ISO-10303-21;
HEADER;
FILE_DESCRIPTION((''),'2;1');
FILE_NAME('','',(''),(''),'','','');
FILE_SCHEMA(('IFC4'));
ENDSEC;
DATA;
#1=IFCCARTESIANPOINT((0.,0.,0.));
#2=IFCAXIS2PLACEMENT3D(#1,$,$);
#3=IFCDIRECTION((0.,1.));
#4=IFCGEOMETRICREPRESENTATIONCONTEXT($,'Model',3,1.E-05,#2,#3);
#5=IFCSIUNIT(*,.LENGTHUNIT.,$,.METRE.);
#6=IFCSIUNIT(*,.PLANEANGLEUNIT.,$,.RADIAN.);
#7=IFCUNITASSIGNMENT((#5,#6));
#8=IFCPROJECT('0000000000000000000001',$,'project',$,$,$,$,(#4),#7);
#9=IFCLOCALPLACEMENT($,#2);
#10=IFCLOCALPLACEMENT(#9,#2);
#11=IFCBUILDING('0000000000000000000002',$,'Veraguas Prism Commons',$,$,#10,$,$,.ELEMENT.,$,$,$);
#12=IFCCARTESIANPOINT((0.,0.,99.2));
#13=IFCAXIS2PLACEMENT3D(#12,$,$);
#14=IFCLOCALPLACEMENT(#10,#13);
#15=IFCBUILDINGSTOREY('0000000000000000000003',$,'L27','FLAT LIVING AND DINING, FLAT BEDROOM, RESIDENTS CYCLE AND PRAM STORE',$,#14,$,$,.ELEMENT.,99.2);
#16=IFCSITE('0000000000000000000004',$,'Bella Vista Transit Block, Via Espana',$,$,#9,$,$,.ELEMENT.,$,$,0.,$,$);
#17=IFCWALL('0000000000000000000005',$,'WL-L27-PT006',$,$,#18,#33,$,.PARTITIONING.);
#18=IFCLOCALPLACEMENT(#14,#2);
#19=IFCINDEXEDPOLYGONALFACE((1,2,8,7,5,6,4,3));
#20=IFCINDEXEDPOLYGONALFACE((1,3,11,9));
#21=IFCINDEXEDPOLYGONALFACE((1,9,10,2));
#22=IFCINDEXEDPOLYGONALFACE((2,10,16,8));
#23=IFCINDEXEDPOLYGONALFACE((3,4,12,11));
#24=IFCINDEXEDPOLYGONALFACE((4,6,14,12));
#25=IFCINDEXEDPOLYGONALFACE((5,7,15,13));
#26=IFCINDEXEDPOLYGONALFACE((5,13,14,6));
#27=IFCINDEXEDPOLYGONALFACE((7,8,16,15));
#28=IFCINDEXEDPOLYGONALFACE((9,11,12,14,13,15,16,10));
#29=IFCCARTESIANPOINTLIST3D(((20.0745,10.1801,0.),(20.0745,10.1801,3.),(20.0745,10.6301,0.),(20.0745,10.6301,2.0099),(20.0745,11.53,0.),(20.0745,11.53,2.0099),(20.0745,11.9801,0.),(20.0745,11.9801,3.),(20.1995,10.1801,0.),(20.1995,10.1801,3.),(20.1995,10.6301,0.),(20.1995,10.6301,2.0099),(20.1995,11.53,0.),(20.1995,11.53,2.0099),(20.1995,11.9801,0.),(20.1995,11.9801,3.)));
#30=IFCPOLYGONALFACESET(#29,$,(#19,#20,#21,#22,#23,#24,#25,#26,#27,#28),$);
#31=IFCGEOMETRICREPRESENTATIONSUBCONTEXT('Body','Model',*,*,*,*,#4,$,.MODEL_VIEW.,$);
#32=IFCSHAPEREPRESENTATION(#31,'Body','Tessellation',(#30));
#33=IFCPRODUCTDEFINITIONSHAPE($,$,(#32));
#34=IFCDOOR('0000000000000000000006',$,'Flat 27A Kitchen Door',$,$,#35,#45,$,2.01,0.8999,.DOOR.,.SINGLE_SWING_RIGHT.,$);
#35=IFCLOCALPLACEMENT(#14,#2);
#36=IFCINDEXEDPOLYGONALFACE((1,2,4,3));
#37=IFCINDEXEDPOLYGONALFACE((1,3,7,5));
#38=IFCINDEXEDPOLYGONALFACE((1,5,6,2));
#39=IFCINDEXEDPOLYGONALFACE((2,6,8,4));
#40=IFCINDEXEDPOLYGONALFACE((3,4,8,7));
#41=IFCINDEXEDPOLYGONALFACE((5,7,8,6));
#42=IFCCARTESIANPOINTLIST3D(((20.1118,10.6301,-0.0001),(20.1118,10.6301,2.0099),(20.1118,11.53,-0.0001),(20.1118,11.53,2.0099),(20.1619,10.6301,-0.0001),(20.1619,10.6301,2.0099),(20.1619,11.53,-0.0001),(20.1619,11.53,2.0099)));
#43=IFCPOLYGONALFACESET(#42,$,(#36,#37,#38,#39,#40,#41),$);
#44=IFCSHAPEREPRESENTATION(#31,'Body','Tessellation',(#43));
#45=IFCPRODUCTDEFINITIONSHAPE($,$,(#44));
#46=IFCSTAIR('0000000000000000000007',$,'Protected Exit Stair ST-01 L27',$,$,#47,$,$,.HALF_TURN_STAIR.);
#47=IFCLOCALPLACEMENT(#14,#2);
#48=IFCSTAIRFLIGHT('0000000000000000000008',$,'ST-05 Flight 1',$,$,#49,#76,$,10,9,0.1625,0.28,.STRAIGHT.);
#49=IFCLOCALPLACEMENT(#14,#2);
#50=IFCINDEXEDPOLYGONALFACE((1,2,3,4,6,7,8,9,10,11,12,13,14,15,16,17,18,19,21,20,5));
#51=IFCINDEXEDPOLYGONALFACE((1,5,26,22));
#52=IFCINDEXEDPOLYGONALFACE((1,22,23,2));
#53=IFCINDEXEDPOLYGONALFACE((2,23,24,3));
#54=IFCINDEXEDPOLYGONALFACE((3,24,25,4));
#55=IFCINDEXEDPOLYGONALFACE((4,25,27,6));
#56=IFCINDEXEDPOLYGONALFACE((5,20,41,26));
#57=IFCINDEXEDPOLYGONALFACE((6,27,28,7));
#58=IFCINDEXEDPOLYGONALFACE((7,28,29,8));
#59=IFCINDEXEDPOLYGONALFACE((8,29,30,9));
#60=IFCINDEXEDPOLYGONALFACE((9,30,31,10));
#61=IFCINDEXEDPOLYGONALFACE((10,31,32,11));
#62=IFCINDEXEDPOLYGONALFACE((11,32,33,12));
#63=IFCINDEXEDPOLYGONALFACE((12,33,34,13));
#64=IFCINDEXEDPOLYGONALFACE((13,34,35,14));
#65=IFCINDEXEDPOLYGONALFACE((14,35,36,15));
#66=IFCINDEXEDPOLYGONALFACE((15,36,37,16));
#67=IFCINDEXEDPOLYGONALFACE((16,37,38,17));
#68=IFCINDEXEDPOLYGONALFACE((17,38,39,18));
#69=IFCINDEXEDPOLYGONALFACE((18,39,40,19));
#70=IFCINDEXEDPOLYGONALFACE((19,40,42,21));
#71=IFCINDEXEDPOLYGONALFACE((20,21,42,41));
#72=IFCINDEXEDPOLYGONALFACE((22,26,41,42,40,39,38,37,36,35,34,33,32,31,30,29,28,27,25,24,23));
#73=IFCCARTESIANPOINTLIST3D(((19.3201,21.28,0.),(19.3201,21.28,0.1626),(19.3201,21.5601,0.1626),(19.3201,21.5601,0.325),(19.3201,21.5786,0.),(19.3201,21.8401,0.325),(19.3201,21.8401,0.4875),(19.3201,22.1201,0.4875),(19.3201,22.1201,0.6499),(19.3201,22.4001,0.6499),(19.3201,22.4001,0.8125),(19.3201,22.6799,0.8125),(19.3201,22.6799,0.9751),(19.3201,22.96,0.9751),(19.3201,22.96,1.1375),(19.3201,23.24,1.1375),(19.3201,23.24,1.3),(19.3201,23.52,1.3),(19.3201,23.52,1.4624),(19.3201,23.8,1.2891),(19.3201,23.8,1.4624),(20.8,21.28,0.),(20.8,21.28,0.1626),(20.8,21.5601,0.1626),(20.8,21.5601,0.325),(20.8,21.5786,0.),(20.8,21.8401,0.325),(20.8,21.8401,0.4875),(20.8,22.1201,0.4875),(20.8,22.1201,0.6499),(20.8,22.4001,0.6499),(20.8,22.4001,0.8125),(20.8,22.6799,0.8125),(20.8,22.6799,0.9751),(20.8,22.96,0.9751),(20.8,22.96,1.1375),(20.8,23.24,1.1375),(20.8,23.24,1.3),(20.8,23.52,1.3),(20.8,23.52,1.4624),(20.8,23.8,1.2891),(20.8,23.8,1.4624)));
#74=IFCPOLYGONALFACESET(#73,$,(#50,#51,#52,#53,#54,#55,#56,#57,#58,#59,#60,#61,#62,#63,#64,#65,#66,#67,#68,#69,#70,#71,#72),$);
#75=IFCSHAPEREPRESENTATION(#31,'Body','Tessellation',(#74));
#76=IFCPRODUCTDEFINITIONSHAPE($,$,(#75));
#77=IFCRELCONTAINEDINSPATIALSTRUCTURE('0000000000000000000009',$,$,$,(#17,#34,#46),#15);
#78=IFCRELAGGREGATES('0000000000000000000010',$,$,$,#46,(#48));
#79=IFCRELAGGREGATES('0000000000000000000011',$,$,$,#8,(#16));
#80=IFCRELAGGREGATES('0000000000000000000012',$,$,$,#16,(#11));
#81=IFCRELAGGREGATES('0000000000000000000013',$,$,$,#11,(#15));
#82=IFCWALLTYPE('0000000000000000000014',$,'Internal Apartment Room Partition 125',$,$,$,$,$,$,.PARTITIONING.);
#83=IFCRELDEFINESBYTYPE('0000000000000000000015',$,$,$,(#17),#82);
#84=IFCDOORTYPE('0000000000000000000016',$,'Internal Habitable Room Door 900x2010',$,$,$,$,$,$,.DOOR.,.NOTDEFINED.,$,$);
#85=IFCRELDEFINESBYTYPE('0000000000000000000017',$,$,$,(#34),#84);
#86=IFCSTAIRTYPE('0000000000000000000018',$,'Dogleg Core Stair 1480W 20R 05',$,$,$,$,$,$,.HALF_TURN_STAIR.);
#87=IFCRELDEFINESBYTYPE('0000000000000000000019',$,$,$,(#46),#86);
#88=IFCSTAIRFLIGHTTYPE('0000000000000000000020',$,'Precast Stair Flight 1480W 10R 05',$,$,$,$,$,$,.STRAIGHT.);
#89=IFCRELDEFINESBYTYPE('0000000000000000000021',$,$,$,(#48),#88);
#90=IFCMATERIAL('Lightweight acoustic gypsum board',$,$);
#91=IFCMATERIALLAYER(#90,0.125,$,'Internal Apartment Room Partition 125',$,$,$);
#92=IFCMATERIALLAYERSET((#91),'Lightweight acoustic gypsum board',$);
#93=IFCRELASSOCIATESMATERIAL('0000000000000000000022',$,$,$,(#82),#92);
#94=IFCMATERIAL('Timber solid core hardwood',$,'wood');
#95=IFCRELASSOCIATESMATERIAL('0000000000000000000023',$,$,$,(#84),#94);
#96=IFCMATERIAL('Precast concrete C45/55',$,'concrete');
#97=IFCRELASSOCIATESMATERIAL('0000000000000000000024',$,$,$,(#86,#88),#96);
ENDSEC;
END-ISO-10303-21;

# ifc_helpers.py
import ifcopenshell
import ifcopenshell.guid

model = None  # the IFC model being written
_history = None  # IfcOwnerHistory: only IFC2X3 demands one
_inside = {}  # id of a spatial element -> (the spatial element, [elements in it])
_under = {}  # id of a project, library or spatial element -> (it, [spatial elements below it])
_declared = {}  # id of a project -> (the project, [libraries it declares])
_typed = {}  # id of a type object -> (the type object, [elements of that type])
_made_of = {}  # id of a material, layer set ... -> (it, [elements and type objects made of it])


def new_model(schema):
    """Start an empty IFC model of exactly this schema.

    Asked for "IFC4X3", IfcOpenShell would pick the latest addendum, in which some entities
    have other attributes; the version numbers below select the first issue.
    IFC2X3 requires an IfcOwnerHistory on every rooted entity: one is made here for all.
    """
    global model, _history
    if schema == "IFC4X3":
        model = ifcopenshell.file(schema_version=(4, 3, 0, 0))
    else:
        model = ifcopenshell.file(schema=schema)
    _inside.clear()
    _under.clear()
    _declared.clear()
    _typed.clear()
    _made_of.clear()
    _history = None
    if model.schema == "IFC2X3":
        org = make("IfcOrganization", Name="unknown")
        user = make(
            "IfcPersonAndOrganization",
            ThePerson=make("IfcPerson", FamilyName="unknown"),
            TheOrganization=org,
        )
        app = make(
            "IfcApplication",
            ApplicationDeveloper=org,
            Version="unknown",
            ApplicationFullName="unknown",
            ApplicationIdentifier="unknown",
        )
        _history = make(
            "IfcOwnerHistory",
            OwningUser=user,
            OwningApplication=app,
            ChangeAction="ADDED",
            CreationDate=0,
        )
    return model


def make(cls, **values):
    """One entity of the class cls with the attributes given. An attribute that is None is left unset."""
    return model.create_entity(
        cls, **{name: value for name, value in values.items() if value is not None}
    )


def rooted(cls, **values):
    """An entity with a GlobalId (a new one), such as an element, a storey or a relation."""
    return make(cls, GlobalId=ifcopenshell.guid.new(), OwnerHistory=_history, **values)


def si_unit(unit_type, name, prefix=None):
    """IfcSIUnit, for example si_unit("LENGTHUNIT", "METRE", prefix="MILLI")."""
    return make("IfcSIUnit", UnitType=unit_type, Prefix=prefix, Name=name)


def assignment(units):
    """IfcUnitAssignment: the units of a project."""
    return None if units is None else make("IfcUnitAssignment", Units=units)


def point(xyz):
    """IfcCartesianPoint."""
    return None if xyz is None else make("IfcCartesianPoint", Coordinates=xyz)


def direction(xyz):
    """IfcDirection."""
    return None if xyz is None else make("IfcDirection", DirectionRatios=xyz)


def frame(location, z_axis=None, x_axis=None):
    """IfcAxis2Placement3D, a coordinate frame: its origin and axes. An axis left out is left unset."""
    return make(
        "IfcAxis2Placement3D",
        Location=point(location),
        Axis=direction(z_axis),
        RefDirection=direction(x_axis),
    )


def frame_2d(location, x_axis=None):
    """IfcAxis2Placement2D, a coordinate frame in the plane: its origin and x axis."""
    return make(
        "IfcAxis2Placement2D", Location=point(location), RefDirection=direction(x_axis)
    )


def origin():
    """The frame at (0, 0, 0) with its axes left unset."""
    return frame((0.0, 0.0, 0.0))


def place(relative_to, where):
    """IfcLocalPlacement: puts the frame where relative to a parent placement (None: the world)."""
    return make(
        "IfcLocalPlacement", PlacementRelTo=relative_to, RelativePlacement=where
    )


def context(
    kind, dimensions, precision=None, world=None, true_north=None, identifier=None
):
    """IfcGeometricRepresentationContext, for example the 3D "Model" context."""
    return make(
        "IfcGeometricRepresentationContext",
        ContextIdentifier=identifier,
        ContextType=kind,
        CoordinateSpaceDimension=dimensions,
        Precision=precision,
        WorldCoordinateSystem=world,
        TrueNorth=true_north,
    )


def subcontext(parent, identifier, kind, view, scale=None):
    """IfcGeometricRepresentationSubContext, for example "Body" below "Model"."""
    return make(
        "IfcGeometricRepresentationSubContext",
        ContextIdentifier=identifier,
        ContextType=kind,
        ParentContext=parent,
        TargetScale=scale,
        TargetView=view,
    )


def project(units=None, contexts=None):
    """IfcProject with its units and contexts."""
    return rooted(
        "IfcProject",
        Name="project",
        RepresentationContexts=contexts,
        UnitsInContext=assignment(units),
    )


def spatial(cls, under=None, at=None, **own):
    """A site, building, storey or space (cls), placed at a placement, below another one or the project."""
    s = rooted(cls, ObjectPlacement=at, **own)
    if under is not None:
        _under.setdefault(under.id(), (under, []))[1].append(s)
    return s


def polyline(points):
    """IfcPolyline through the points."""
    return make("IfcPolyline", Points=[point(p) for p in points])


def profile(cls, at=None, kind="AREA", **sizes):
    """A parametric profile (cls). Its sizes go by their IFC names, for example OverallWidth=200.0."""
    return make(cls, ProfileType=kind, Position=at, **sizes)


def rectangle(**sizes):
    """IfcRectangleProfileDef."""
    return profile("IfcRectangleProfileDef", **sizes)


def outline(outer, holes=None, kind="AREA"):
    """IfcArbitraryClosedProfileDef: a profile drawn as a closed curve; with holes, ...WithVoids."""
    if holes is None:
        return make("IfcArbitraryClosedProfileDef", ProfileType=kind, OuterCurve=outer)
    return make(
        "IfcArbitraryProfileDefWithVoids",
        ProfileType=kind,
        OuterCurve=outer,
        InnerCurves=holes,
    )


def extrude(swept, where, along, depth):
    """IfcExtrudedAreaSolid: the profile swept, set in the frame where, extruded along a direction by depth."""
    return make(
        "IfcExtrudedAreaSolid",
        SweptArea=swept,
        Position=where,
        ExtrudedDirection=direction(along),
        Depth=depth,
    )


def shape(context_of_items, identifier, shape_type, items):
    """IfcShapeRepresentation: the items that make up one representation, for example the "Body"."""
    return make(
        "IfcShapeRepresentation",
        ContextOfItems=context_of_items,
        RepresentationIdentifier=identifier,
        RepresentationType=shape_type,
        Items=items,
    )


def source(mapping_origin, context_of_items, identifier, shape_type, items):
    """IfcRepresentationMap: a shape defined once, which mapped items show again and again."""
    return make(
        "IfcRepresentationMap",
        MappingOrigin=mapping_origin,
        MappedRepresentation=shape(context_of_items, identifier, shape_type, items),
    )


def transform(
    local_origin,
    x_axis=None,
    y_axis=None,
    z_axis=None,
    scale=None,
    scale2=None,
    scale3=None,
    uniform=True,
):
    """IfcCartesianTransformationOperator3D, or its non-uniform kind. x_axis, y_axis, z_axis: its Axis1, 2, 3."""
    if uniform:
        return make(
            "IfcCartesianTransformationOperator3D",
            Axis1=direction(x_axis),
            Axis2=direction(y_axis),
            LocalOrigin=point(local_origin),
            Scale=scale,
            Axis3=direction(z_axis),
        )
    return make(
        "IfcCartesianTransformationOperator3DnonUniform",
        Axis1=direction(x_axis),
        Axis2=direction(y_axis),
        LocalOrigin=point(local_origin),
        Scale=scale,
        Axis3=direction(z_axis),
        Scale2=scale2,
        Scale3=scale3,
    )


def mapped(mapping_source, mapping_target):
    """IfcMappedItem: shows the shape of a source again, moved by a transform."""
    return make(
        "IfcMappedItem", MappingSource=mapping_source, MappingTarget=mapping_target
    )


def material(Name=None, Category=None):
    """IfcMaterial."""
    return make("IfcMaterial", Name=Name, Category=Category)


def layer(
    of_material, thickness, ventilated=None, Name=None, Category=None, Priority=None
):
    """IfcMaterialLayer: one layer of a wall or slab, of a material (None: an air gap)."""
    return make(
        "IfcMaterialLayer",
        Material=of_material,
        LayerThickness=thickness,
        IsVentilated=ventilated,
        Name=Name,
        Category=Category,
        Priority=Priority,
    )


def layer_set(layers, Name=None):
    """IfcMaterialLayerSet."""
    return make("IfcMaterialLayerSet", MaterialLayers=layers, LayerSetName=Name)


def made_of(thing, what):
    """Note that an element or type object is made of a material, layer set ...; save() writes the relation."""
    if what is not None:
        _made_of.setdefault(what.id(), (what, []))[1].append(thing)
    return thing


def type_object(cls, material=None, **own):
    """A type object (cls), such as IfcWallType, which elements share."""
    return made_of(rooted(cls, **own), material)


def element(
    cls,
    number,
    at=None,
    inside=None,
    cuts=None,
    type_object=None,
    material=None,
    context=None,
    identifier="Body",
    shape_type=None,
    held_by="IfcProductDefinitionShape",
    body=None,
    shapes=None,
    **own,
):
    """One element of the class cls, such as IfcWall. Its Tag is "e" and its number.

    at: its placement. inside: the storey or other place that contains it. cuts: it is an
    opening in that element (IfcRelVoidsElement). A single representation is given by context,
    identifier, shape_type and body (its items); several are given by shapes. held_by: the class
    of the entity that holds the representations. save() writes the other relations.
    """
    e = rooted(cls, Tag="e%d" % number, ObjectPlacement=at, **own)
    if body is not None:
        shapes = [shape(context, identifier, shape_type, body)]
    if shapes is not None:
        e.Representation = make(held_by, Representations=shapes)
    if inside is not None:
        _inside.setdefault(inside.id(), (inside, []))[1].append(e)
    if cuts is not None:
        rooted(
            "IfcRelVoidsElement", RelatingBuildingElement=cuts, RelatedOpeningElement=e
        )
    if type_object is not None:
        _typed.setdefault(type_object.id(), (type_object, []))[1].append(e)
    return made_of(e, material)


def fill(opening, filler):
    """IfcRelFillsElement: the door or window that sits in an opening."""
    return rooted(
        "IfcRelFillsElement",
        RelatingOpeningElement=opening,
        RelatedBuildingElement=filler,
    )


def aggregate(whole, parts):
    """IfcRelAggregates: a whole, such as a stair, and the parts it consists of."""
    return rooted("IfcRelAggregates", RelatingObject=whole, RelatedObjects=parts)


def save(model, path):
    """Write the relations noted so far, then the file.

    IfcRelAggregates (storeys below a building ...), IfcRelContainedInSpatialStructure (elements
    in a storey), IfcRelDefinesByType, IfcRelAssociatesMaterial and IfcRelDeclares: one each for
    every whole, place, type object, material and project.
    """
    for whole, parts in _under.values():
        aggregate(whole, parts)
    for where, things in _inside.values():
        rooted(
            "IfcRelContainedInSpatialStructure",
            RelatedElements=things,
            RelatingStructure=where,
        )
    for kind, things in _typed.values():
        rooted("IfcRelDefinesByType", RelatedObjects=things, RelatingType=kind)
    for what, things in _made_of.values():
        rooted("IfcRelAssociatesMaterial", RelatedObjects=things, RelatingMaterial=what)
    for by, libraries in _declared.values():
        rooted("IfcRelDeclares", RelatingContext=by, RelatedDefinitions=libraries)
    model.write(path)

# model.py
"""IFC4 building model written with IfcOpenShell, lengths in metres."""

from ifc_helpers import new_model, si_unit, direction, frame, frame_2d, origin, place, context, subcontext, project, spatial, polyline, rectangle, outline, extrude, source, transform, mapped, material, layer, layer_set, type_object, element, fill, aggregate, save


model = new_model("IFC4")

# Units and contexts
model_context = context("Model", 3, precision=1e-05, world=origin(), true_north=direction((0.0, 1.0)))
body_context = subcontext(model_context, "Body", "Model", "MODEL_VIEW")
ifc_project = project(units=[si_unit("LENGTHUNIT", "METRE"), si_unit("PLANEANGLEUNIT", "RADIAN")], contexts=[model_context])

# Site, building, storey
site_placement = place(None, origin())
site = spatial("IfcSite", under=ifc_project, at=site_placement, Name="Bella Vista Transit Block, Via Espana", CompositionType="ELEMENT", RefElevation=0.0)
building_placement = place(site_placement, origin())
building = spatial("IfcBuilding", under=site, at=building_placement, Name="Veraguas Prism Commons", CompositionType="ELEMENT")
storey_placement = place(building_placement, frame((0.0, 0.0, 99.2)))
storey = spatial("IfcBuildingStorey", under=building, at=storey_placement, Name="L27", Description="FLAT LIVING AND DINING, FLAT BEDROOM, RESIDENTS CYCLE AND PRAM STORE", CompositionType="ELEMENT", Elevation=99.2)

# Shared definitions
shared_shape_1 = source(origin(), body_context, "Body", "SweptSolid", [
    extrude(rectangle(XDim=0.8999, YDim=2.01, at=frame_2d((0.45, 1.0049))), frame((0.0, 0.0249, 0.0), z_axis=(0.0, -1.0, 0.0), x_axis=(1.0, 0.0, 0.0)), (0.0, 0.0, 1.0), 0.05),
])

# Wall, opening, door
ifc_material_1 = material(Name="Lightweight acoustic gypsum board")
ifc_layer_1 = layer(ifc_material_1, 0.125, Name="Internal Apartment Room Partition 125")
ifc_layer_set_1 = layer_set([ifc_layer_1], Name="Lightweight acoustic gypsum board")
wall_type_1 = type_object("IfcWallType", Name="Internal Apartment Room Partition 125", PredefinedType="PARTITIONING", material=ifc_layer_set_1)
wall_1_placement = place(storey_placement, frame((20.137, 11.98, 0.0), z_axis=(0.0, 0.0, 1.0), x_axis=(0.0, -1.0, 0.0)))
wall_1 = element("IfcWall", 1, at=wall_1_placement, inside=storey, type_object=wall_type_1, Name="WL-L27-PT006", PredefinedType="PARTITIONING", context=body_context, shape_type="SweptSolid", body=[
    extrude(rectangle(XDim=1.8, YDim=0.125, at=frame_2d((0.8999, 0.0))), origin(), (0.0, 0.0, 1.0), 3.0),
])
opening_1_placement = place(wall_1_placement, frame((0.45, 0.0, 0.0)))
opening_1 = element("IfcOpeningElement", 2, at=opening_1_placement, cuts=wall_1, PredefinedType="OPENING", context=body_context, shape_type="SweptSolid", body=[
    extrude(rectangle(XDim=0.8999, YDim=2.01, at=frame_2d((0.45, 1.0049))), frame((0.0, 0.0725, 0.0), z_axis=(0.0, -1.0, 0.0), x_axis=(1.0, 0.0, 0.0)), (0.0, 0.0, 1.0), 0.145),
])
ifc_material_2 = material(Name="Timber solid core hardwood", Category="wood")
door_type_1 = type_object("IfcDoorType", Name="Internal Habitable Room Door 900x2010", OperationType="NOTDEFINED", PredefinedType="DOOR", material=ifc_material_2)
door_1_placement = place(opening_1_placement, origin())
door_1 = element("IfcDoor", 3, at=door_1_placement, inside=storey, type_object=door_type_1, Name="Flat 27A Kitchen Door", OperationType="SINGLE_SWING_RIGHT", OverallHeight=2.01, OverallWidth=0.8999, PredefinedType="DOOR", context=body_context, shape_type="MappedRepresentation", body=[
    mapped(shared_shape_1, transform((0.0, 0.0, 0.0), scale=1.0)),
])
fill(opening_1, door_1)

# Stair, stair flight
ifc_material_3 = material(Name="Precast concrete C45/55", Category="concrete")
stair_type = type_object("IfcStairType", Name="Dogleg Core Stair 1480W 20R 05", PredefinedType="HALF_TURN_STAIR", material=ifc_material_3)
stair_placement = place(storey_placement, origin())
stair = element("IfcStair", 4, at=stair_placement, inside=storey, type_object=stair_type, Name="Protected Exit Stair ST-01 L27", PredefinedType="HALF_TURN_STAIR")
stair_flight_type = type_object("IfcStairFlightType", Name="Precast Stair Flight 1480W 10R 05", PredefinedType="STRAIGHT", material=ifc_material_3)
stair_flight_placement = place(storey_placement, frame((20.0601, 21.28, 0.0), z_axis=(0.0, 0.0, 1.0), x_axis=(0.0, 1.0, 0.0)))
stair_flight = element("IfcStairFlight", 5, at=stair_flight_placement, type_object=stair_flight_type, Name="ST-05 Flight 1", NumberOfRisers=10, NumberOfTreads=9, PredefinedType="STRAIGHT", RiserHeight=0.1625, TreadLength=0.28, context=body_context, shape_type="SweptSolid", body=[
    extrude(outline(polyline([(0.0, 0.0), (0.0, 0.1626), (0.28, 0.1626), (0.28, 0.325), (0.5601, 0.325), (0.5601, 0.4875), (0.8401, 0.4875), (0.8401, 0.6499), (1.1201, 0.6499), (1.1201, 0.8125), (1.3999, 0.8125), (1.3999, 0.9751), (1.6799, 0.9751), (1.6799, 1.1375), (1.96, 1.1375), (1.96, 1.3), (2.24, 1.3), (2.24, 1.4624), (2.52, 1.4624), (2.52, 1.625), (2.52, 1.2891), (0.2986, 0.0), (0.0, 0.0)])), frame((0.0, 0.74, 0.0), z_axis=(0.0, -1.0, 0.0), x_axis=(1.0, 0.0, 0.0)), (0.0, 0.0, 1.0), 1.48),
])
aggregate(stair, [stair_flight])

save(model, "model.ifc")
